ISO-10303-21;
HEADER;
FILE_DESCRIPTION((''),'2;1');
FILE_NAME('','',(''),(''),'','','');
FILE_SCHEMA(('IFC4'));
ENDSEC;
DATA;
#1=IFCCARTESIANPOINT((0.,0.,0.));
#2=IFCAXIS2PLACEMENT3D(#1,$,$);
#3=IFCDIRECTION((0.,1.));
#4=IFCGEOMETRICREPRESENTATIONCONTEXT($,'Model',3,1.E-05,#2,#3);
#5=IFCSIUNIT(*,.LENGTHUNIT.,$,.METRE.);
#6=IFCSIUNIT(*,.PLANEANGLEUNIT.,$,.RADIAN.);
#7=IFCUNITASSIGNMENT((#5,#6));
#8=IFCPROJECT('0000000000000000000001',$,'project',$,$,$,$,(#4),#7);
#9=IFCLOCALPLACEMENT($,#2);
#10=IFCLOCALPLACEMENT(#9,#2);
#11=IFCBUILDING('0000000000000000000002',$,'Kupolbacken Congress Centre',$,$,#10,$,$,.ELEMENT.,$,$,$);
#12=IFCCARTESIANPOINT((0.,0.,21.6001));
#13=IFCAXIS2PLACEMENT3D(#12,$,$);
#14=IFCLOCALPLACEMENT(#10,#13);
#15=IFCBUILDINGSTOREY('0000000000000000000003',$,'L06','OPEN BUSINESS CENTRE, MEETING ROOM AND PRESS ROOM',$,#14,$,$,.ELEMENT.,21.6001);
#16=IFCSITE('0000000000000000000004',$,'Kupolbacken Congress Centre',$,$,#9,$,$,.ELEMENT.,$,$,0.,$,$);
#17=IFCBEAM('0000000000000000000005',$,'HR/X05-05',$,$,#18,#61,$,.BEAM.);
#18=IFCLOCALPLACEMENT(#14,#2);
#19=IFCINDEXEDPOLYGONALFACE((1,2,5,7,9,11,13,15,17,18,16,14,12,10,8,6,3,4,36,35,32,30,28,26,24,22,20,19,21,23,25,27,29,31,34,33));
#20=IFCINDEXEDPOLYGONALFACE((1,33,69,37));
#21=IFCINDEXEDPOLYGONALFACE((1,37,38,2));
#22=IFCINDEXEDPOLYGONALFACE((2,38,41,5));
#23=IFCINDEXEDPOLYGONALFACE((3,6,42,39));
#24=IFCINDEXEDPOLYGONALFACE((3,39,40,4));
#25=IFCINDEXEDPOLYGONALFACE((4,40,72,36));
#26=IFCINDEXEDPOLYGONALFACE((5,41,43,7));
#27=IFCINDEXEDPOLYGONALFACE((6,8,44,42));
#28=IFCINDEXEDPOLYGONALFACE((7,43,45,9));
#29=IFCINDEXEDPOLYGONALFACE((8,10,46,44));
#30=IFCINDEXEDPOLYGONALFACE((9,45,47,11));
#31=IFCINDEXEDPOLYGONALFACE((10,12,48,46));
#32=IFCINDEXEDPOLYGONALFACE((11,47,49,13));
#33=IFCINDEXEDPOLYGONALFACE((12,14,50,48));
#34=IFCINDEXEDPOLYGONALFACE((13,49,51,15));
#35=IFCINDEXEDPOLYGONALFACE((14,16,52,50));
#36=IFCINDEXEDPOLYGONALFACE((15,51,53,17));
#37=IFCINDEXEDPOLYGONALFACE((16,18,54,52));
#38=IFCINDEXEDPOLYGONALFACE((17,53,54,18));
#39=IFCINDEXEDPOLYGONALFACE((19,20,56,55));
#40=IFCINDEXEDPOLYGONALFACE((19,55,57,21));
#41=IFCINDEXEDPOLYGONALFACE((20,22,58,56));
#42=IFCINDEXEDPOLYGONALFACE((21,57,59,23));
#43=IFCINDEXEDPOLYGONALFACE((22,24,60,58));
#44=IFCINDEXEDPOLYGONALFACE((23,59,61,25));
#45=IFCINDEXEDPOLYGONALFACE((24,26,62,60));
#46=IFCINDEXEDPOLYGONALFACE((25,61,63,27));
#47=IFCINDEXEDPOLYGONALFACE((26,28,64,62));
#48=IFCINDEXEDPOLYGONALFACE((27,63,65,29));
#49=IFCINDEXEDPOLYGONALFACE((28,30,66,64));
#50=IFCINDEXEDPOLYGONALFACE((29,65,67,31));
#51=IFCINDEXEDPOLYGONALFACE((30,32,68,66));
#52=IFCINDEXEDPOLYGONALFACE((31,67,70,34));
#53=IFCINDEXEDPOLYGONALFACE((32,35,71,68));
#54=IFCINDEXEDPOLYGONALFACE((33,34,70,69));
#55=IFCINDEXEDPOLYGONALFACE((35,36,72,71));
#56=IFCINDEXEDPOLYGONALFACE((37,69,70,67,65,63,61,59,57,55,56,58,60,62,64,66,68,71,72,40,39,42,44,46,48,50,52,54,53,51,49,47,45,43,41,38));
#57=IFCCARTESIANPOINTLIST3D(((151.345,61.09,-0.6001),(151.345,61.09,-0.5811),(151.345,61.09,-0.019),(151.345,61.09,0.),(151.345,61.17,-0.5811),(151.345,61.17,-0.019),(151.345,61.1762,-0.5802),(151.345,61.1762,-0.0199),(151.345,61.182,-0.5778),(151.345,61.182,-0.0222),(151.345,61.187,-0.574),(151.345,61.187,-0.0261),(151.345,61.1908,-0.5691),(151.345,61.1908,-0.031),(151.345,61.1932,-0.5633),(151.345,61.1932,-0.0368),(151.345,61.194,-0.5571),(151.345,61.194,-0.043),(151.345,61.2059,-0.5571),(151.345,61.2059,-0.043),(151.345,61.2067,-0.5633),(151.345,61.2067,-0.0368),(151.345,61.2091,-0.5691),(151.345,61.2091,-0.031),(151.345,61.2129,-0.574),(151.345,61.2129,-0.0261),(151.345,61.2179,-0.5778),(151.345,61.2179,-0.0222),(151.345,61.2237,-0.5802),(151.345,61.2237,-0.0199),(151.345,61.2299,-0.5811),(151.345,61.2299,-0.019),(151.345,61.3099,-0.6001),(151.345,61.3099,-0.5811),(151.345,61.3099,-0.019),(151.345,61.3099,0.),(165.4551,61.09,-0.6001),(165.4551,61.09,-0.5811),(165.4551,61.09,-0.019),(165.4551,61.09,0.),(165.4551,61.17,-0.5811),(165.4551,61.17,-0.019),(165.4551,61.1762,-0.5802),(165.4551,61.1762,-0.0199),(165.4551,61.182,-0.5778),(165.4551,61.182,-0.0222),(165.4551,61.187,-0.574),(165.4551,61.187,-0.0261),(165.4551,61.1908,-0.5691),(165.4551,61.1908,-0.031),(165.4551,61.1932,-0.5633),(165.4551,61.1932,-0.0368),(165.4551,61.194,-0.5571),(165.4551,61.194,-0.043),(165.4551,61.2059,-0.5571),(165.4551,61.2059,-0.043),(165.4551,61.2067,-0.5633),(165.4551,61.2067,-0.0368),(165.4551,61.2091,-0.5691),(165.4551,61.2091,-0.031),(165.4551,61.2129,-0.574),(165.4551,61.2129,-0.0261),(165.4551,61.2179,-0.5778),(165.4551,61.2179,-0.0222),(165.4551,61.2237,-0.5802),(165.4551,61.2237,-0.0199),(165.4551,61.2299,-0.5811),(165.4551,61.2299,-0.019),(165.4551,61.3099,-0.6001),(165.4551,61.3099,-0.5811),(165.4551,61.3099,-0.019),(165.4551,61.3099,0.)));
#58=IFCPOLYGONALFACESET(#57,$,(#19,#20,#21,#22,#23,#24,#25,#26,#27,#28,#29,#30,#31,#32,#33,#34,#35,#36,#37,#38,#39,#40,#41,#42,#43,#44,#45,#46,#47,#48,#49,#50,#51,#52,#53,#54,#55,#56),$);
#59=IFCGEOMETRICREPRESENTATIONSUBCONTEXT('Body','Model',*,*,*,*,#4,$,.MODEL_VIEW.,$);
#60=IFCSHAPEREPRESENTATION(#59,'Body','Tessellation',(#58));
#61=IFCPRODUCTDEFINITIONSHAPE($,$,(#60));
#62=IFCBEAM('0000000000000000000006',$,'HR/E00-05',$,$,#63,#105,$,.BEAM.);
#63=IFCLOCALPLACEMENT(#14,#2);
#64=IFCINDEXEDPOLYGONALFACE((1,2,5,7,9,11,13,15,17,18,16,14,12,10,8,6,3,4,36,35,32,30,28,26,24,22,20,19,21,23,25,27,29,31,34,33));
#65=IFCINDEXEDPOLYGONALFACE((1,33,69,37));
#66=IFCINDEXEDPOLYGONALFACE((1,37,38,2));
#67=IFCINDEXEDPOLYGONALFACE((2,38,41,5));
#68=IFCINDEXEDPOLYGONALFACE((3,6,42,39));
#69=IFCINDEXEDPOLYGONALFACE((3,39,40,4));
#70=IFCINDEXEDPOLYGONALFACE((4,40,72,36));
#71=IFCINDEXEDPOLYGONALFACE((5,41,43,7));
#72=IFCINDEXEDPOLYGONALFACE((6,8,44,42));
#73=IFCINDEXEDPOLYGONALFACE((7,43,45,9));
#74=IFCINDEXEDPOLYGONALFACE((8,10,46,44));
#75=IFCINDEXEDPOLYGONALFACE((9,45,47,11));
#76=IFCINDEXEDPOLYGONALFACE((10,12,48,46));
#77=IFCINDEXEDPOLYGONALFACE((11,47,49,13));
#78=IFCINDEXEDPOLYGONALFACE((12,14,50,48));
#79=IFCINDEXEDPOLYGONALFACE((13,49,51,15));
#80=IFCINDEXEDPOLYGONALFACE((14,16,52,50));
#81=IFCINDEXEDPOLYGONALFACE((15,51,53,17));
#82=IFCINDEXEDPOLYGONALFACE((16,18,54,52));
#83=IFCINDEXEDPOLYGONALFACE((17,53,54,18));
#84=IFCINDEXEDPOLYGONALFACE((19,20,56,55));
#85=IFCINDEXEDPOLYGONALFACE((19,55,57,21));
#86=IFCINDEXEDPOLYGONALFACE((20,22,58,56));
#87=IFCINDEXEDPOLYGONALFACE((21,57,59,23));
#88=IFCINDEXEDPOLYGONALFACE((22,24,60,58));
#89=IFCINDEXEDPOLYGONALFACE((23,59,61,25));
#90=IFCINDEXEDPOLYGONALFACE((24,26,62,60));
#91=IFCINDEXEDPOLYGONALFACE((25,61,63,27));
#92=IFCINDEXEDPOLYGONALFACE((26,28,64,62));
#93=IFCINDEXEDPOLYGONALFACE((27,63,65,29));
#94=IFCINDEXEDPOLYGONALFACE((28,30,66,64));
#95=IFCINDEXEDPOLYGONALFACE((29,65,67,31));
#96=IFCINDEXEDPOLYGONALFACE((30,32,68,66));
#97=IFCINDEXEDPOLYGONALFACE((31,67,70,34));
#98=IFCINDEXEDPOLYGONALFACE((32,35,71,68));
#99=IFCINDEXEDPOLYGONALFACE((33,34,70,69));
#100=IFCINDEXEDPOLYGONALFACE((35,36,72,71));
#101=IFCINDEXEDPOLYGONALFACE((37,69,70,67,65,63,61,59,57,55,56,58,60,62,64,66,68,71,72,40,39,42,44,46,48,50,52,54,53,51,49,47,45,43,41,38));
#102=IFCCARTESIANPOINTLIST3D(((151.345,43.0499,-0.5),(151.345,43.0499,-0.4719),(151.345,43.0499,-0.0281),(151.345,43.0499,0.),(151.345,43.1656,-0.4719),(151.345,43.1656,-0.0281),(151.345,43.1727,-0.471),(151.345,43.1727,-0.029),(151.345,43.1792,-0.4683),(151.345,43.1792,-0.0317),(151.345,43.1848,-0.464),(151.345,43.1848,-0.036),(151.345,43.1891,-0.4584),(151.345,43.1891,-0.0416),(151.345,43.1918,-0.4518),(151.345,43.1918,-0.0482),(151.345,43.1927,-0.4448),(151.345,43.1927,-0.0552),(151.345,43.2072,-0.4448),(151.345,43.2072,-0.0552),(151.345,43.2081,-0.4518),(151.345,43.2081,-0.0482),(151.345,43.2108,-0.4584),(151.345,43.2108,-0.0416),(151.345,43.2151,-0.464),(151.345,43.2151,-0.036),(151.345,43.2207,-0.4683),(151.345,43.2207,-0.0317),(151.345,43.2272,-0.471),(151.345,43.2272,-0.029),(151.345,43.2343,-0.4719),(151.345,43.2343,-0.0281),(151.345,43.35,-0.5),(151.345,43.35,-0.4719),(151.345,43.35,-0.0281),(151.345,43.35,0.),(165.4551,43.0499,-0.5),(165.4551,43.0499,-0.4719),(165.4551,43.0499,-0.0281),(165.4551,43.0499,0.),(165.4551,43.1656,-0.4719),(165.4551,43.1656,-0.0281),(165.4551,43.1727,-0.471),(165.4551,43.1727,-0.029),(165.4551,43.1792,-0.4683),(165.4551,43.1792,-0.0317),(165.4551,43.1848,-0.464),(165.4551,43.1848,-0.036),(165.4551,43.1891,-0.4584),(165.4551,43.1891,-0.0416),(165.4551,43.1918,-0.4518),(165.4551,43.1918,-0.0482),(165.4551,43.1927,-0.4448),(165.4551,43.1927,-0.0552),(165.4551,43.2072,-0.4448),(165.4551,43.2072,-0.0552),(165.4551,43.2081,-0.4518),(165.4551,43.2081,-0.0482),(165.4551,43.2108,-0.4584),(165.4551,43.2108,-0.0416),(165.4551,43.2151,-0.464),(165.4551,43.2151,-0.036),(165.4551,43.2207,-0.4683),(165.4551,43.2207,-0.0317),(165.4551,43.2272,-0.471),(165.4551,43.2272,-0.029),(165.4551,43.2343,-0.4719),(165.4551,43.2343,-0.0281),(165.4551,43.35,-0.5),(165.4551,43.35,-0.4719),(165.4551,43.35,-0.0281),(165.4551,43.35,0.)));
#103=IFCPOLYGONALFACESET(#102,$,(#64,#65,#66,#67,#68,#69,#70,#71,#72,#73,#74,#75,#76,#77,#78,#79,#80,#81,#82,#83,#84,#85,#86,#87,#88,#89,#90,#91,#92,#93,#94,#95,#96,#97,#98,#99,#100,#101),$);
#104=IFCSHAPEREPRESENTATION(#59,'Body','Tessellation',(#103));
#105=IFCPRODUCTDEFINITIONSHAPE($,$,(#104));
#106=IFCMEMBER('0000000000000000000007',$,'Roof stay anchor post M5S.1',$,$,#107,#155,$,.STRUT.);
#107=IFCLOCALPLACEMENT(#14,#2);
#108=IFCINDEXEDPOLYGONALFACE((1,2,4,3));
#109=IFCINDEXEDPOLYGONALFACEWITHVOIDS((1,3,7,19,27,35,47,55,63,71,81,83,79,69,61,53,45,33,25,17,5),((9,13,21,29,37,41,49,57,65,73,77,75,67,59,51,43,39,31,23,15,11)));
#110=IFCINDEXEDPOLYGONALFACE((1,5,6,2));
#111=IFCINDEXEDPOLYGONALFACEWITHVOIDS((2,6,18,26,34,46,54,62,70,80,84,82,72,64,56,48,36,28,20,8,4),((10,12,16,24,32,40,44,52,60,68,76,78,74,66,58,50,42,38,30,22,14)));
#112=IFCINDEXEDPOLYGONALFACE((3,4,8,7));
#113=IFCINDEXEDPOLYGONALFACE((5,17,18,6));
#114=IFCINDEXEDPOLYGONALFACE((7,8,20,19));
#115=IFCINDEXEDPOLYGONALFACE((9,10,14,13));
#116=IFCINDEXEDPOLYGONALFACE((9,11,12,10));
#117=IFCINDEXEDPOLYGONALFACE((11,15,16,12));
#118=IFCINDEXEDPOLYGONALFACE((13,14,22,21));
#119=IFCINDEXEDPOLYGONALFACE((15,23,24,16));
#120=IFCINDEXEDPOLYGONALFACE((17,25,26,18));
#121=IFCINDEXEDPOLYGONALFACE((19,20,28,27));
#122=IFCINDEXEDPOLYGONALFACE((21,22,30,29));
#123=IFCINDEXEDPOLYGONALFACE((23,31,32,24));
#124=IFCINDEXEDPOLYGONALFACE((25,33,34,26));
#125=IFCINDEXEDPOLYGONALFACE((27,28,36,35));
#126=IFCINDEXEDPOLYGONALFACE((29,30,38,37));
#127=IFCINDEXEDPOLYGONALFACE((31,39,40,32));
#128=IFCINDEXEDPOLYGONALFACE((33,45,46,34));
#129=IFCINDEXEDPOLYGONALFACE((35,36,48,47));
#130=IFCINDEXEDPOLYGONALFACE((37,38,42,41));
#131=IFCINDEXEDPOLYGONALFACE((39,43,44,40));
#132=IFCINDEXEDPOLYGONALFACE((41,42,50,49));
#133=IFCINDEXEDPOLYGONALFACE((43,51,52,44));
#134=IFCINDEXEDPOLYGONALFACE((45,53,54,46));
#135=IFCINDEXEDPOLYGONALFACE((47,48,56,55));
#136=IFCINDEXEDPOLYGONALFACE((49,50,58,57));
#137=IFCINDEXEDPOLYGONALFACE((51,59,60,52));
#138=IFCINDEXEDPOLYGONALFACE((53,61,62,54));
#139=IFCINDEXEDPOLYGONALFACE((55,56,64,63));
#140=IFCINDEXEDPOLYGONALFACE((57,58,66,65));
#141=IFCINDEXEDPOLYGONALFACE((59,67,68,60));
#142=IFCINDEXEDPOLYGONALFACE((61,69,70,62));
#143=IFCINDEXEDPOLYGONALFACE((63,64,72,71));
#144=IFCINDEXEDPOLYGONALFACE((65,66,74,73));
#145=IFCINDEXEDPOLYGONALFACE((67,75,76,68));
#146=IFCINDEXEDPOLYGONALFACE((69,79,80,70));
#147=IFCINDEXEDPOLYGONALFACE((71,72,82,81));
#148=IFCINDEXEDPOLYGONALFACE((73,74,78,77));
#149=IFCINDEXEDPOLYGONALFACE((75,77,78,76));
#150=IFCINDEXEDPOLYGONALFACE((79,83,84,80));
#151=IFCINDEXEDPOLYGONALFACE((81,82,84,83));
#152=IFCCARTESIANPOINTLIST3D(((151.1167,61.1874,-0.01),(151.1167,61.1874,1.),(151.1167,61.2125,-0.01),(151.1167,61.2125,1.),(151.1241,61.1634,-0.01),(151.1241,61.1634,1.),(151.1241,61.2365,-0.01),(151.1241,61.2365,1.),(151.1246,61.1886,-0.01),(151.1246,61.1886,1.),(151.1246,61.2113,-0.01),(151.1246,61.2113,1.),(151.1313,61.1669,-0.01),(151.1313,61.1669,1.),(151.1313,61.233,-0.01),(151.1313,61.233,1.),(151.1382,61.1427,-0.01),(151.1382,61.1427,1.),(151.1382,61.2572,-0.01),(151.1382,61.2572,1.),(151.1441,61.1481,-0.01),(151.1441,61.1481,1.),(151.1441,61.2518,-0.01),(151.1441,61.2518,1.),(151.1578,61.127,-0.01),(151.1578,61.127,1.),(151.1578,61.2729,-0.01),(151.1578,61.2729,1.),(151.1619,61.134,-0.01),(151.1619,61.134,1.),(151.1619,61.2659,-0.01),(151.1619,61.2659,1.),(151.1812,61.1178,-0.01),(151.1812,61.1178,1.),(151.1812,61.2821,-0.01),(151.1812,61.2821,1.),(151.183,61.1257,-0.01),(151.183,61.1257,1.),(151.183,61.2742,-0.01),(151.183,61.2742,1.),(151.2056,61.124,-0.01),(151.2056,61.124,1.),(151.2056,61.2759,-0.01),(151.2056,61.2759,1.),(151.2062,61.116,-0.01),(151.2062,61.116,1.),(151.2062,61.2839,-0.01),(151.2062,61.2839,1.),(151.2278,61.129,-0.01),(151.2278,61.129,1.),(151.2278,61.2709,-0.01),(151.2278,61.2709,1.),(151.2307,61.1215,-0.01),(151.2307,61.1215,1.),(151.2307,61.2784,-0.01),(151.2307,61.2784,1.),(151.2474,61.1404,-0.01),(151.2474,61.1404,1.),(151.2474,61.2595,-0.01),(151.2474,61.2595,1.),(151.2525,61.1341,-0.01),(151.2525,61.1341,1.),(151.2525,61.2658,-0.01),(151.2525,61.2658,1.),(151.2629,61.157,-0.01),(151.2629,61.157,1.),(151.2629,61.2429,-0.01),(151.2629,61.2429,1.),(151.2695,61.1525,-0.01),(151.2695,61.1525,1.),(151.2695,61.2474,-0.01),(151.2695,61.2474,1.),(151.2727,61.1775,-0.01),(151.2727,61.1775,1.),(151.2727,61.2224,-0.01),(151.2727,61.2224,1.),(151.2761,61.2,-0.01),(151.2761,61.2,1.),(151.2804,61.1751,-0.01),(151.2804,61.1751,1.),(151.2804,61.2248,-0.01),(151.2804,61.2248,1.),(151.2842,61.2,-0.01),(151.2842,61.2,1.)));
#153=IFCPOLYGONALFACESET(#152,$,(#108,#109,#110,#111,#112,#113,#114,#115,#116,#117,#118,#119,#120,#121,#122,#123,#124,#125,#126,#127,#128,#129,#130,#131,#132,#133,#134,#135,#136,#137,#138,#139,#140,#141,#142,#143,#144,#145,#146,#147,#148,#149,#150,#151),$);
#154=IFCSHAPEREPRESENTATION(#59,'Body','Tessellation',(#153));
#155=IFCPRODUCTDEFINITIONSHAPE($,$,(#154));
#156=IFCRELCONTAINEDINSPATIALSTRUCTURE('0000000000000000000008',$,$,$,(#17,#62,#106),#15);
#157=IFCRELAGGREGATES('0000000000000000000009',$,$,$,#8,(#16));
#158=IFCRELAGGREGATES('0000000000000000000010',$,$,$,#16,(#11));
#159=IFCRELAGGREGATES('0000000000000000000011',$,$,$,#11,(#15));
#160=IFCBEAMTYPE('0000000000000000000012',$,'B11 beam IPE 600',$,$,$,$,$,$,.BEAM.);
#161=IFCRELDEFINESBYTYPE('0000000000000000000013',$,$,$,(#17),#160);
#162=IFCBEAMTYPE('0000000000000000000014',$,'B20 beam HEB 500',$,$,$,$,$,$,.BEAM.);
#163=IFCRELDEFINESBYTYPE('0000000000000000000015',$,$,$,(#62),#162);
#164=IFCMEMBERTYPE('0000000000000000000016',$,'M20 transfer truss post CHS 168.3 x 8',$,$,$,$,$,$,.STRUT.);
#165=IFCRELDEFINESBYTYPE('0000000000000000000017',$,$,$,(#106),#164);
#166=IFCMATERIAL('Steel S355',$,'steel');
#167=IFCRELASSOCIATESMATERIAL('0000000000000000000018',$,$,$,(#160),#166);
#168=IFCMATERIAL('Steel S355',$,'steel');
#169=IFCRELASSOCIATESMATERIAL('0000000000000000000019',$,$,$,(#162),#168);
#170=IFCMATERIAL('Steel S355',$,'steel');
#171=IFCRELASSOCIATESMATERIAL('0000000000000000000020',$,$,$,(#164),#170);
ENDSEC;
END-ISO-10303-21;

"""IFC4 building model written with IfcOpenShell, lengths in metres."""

from ifc_helpers import new_model, si_unit, direction, frame, origin, origin_2d, place, context, subcontext, project, spatial, hollow_circle, i_section, extrude, material, material_profile, profile_set, type_object, element, save


model = new_model("IFC4")

# Units and contexts
model_context = context("Model", 3, precision=1e-05, world=origin(), true_north=direction((0.0, 1.0)))
body_context = subcontext(model_context, "Body", "Model", "MODEL_VIEW")
ifc_project = project(units=[si_unit("LENGTHUNIT", "METRE"), si_unit("PLANEANGLEUNIT", "RADIAN")], contexts=[model_context])

# Site, building, storey
site_placement = place(None, origin())
site = spatial("IfcSite", under=ifc_project, at=site_placement, Name="Kupolbacken Congress Centre", CompositionType="ELEMENT", RefElevation=0.0)
building_placement = place(site_placement, origin())
building = spatial("IfcBuilding", under=site, at=building_placement, Name="Kupolbacken Congress Centre", CompositionType="ELEMENT")
storey_placement = place(building_placement, frame((0.0, 0.0, 21.6001)))
storey = spatial("IfcBuildingStorey", under=building, at=storey_placement, Name="L06", Description="OPEN BUSINESS CENTRE, MEETING ROOM AND PRESS ROOM", CompositionType="ELEMENT", Elevation=21.6001)

# Beams
ifc_material_1 = material(Name="Steel S355", Category="steel")
ifc_material_profile_1 = material_profile(ifc_material_1, i_section(OverallWidth=0.22, OverallDepth=0.6001, WebThickness=0.012, FlangeThickness=0.019, FilletRadius=0.0239, at=origin_2d()), Name="IPE 600")
ifc_profile_set_1 = profile_set([ifc_material_profile_1], Name="Steel S355")
beam_type_1 = type_object("IfcBeamType", Name="B11 beam IPE 600", PredefinedType="BEAM", material=ifc_profile_set_1)
for number, where, z_axis, x_axis, name in (
    (1, (151.345, 61.2, -0.3), (1.0, 0.0, 0.0), (0.0, 1.0, 0.0), "HR/X05-05"),
):
    element("IfcBeam", number, at=place(storey_placement, frame(where, z_axis=z_axis, x_axis=x_axis)), inside=storey, type_object=beam_type_1, Name=name, PredefinedType="BEAM", context=body_context, shape_type="SweptSolid", body=[
        extrude(i_section(OverallWidth=0.22, OverallDepth=0.6001, WebThickness=0.012, FlangeThickness=0.019, FilletRadius=0.0239, at=origin_2d()), origin(), (0.0, 0.0, 1.0), 14.1101),
    ])
ifc_material_2 = material(Name="Steel S355", Category="steel")
ifc_material_profile_2 = material_profile(ifc_material_2, i_section(OverallWidth=0.3, OverallDepth=0.5, WebThickness=0.0144, FlangeThickness=0.0281, FilletRadius=0.0271, at=origin_2d()), Name="HEB 500")
ifc_profile_set_2 = profile_set([ifc_material_profile_2], Name="Steel S355")
beam_type_2 = type_object("IfcBeamType", Name="B20 beam HEB 500", PredefinedType="BEAM", material=ifc_profile_set_2)
beam_1_placement = place(storey_placement, frame((151.345, 43.2, -0.25), z_axis=(1.0, 0.0, 0.0), x_axis=(0.0, 1.0, 0.0)))
element("IfcBeam", 2, at=beam_1_placement, inside=storey, type_object=beam_type_2, Name="HR/E00-05", PredefinedType="BEAM", context=body_context, shape_type="SweptSolid", body=[
    extrude(i_section(OverallWidth=0.3, OverallDepth=0.5, WebThickness=0.0144, FlangeThickness=0.0281, FilletRadius=0.0271, at=origin_2d()), origin(), (0.0, 0.0, 1.0), 14.1101),
])

# Member
ifc_material_3 = material(Name="Steel S355", Category="steel")
ifc_material_profile_3 = material_profile(ifc_material_3, hollow_circle(Radius=0.0842, WallThickness=0.0081, at=origin_2d()), Name="CHS 168.3 x 8")
ifc_profile_set_3 = profile_set([ifc_material_profile_3], Name="Steel S355")
member_type_1 = type_object("IfcMemberType", Name="M20 transfer truss post CHS 168.3 x 8", PredefinedType="STRUT", material=ifc_profile_set_3)
member_placement = place(storey_placement, frame((151.2, 61.2, -0.01), z_axis=(0.0, 0.0, 1.0), x_axis=(1.0, 0.0, 0.0)))
element("IfcMember", 3, at=member_placement, inside=storey, type_object=member_type_1, Name="Roof stay anchor post M5S.1", PredefinedType="STRUT", context=body_context, shape_type="SweptSolid", body=[
    extrude(hollow_circle(Radius=0.0842, WallThickness=0.0081, at=origin_2d()), origin(), (0.0, 0.0, 1.0), 1.01),
])

save(model, "model.ifc")
